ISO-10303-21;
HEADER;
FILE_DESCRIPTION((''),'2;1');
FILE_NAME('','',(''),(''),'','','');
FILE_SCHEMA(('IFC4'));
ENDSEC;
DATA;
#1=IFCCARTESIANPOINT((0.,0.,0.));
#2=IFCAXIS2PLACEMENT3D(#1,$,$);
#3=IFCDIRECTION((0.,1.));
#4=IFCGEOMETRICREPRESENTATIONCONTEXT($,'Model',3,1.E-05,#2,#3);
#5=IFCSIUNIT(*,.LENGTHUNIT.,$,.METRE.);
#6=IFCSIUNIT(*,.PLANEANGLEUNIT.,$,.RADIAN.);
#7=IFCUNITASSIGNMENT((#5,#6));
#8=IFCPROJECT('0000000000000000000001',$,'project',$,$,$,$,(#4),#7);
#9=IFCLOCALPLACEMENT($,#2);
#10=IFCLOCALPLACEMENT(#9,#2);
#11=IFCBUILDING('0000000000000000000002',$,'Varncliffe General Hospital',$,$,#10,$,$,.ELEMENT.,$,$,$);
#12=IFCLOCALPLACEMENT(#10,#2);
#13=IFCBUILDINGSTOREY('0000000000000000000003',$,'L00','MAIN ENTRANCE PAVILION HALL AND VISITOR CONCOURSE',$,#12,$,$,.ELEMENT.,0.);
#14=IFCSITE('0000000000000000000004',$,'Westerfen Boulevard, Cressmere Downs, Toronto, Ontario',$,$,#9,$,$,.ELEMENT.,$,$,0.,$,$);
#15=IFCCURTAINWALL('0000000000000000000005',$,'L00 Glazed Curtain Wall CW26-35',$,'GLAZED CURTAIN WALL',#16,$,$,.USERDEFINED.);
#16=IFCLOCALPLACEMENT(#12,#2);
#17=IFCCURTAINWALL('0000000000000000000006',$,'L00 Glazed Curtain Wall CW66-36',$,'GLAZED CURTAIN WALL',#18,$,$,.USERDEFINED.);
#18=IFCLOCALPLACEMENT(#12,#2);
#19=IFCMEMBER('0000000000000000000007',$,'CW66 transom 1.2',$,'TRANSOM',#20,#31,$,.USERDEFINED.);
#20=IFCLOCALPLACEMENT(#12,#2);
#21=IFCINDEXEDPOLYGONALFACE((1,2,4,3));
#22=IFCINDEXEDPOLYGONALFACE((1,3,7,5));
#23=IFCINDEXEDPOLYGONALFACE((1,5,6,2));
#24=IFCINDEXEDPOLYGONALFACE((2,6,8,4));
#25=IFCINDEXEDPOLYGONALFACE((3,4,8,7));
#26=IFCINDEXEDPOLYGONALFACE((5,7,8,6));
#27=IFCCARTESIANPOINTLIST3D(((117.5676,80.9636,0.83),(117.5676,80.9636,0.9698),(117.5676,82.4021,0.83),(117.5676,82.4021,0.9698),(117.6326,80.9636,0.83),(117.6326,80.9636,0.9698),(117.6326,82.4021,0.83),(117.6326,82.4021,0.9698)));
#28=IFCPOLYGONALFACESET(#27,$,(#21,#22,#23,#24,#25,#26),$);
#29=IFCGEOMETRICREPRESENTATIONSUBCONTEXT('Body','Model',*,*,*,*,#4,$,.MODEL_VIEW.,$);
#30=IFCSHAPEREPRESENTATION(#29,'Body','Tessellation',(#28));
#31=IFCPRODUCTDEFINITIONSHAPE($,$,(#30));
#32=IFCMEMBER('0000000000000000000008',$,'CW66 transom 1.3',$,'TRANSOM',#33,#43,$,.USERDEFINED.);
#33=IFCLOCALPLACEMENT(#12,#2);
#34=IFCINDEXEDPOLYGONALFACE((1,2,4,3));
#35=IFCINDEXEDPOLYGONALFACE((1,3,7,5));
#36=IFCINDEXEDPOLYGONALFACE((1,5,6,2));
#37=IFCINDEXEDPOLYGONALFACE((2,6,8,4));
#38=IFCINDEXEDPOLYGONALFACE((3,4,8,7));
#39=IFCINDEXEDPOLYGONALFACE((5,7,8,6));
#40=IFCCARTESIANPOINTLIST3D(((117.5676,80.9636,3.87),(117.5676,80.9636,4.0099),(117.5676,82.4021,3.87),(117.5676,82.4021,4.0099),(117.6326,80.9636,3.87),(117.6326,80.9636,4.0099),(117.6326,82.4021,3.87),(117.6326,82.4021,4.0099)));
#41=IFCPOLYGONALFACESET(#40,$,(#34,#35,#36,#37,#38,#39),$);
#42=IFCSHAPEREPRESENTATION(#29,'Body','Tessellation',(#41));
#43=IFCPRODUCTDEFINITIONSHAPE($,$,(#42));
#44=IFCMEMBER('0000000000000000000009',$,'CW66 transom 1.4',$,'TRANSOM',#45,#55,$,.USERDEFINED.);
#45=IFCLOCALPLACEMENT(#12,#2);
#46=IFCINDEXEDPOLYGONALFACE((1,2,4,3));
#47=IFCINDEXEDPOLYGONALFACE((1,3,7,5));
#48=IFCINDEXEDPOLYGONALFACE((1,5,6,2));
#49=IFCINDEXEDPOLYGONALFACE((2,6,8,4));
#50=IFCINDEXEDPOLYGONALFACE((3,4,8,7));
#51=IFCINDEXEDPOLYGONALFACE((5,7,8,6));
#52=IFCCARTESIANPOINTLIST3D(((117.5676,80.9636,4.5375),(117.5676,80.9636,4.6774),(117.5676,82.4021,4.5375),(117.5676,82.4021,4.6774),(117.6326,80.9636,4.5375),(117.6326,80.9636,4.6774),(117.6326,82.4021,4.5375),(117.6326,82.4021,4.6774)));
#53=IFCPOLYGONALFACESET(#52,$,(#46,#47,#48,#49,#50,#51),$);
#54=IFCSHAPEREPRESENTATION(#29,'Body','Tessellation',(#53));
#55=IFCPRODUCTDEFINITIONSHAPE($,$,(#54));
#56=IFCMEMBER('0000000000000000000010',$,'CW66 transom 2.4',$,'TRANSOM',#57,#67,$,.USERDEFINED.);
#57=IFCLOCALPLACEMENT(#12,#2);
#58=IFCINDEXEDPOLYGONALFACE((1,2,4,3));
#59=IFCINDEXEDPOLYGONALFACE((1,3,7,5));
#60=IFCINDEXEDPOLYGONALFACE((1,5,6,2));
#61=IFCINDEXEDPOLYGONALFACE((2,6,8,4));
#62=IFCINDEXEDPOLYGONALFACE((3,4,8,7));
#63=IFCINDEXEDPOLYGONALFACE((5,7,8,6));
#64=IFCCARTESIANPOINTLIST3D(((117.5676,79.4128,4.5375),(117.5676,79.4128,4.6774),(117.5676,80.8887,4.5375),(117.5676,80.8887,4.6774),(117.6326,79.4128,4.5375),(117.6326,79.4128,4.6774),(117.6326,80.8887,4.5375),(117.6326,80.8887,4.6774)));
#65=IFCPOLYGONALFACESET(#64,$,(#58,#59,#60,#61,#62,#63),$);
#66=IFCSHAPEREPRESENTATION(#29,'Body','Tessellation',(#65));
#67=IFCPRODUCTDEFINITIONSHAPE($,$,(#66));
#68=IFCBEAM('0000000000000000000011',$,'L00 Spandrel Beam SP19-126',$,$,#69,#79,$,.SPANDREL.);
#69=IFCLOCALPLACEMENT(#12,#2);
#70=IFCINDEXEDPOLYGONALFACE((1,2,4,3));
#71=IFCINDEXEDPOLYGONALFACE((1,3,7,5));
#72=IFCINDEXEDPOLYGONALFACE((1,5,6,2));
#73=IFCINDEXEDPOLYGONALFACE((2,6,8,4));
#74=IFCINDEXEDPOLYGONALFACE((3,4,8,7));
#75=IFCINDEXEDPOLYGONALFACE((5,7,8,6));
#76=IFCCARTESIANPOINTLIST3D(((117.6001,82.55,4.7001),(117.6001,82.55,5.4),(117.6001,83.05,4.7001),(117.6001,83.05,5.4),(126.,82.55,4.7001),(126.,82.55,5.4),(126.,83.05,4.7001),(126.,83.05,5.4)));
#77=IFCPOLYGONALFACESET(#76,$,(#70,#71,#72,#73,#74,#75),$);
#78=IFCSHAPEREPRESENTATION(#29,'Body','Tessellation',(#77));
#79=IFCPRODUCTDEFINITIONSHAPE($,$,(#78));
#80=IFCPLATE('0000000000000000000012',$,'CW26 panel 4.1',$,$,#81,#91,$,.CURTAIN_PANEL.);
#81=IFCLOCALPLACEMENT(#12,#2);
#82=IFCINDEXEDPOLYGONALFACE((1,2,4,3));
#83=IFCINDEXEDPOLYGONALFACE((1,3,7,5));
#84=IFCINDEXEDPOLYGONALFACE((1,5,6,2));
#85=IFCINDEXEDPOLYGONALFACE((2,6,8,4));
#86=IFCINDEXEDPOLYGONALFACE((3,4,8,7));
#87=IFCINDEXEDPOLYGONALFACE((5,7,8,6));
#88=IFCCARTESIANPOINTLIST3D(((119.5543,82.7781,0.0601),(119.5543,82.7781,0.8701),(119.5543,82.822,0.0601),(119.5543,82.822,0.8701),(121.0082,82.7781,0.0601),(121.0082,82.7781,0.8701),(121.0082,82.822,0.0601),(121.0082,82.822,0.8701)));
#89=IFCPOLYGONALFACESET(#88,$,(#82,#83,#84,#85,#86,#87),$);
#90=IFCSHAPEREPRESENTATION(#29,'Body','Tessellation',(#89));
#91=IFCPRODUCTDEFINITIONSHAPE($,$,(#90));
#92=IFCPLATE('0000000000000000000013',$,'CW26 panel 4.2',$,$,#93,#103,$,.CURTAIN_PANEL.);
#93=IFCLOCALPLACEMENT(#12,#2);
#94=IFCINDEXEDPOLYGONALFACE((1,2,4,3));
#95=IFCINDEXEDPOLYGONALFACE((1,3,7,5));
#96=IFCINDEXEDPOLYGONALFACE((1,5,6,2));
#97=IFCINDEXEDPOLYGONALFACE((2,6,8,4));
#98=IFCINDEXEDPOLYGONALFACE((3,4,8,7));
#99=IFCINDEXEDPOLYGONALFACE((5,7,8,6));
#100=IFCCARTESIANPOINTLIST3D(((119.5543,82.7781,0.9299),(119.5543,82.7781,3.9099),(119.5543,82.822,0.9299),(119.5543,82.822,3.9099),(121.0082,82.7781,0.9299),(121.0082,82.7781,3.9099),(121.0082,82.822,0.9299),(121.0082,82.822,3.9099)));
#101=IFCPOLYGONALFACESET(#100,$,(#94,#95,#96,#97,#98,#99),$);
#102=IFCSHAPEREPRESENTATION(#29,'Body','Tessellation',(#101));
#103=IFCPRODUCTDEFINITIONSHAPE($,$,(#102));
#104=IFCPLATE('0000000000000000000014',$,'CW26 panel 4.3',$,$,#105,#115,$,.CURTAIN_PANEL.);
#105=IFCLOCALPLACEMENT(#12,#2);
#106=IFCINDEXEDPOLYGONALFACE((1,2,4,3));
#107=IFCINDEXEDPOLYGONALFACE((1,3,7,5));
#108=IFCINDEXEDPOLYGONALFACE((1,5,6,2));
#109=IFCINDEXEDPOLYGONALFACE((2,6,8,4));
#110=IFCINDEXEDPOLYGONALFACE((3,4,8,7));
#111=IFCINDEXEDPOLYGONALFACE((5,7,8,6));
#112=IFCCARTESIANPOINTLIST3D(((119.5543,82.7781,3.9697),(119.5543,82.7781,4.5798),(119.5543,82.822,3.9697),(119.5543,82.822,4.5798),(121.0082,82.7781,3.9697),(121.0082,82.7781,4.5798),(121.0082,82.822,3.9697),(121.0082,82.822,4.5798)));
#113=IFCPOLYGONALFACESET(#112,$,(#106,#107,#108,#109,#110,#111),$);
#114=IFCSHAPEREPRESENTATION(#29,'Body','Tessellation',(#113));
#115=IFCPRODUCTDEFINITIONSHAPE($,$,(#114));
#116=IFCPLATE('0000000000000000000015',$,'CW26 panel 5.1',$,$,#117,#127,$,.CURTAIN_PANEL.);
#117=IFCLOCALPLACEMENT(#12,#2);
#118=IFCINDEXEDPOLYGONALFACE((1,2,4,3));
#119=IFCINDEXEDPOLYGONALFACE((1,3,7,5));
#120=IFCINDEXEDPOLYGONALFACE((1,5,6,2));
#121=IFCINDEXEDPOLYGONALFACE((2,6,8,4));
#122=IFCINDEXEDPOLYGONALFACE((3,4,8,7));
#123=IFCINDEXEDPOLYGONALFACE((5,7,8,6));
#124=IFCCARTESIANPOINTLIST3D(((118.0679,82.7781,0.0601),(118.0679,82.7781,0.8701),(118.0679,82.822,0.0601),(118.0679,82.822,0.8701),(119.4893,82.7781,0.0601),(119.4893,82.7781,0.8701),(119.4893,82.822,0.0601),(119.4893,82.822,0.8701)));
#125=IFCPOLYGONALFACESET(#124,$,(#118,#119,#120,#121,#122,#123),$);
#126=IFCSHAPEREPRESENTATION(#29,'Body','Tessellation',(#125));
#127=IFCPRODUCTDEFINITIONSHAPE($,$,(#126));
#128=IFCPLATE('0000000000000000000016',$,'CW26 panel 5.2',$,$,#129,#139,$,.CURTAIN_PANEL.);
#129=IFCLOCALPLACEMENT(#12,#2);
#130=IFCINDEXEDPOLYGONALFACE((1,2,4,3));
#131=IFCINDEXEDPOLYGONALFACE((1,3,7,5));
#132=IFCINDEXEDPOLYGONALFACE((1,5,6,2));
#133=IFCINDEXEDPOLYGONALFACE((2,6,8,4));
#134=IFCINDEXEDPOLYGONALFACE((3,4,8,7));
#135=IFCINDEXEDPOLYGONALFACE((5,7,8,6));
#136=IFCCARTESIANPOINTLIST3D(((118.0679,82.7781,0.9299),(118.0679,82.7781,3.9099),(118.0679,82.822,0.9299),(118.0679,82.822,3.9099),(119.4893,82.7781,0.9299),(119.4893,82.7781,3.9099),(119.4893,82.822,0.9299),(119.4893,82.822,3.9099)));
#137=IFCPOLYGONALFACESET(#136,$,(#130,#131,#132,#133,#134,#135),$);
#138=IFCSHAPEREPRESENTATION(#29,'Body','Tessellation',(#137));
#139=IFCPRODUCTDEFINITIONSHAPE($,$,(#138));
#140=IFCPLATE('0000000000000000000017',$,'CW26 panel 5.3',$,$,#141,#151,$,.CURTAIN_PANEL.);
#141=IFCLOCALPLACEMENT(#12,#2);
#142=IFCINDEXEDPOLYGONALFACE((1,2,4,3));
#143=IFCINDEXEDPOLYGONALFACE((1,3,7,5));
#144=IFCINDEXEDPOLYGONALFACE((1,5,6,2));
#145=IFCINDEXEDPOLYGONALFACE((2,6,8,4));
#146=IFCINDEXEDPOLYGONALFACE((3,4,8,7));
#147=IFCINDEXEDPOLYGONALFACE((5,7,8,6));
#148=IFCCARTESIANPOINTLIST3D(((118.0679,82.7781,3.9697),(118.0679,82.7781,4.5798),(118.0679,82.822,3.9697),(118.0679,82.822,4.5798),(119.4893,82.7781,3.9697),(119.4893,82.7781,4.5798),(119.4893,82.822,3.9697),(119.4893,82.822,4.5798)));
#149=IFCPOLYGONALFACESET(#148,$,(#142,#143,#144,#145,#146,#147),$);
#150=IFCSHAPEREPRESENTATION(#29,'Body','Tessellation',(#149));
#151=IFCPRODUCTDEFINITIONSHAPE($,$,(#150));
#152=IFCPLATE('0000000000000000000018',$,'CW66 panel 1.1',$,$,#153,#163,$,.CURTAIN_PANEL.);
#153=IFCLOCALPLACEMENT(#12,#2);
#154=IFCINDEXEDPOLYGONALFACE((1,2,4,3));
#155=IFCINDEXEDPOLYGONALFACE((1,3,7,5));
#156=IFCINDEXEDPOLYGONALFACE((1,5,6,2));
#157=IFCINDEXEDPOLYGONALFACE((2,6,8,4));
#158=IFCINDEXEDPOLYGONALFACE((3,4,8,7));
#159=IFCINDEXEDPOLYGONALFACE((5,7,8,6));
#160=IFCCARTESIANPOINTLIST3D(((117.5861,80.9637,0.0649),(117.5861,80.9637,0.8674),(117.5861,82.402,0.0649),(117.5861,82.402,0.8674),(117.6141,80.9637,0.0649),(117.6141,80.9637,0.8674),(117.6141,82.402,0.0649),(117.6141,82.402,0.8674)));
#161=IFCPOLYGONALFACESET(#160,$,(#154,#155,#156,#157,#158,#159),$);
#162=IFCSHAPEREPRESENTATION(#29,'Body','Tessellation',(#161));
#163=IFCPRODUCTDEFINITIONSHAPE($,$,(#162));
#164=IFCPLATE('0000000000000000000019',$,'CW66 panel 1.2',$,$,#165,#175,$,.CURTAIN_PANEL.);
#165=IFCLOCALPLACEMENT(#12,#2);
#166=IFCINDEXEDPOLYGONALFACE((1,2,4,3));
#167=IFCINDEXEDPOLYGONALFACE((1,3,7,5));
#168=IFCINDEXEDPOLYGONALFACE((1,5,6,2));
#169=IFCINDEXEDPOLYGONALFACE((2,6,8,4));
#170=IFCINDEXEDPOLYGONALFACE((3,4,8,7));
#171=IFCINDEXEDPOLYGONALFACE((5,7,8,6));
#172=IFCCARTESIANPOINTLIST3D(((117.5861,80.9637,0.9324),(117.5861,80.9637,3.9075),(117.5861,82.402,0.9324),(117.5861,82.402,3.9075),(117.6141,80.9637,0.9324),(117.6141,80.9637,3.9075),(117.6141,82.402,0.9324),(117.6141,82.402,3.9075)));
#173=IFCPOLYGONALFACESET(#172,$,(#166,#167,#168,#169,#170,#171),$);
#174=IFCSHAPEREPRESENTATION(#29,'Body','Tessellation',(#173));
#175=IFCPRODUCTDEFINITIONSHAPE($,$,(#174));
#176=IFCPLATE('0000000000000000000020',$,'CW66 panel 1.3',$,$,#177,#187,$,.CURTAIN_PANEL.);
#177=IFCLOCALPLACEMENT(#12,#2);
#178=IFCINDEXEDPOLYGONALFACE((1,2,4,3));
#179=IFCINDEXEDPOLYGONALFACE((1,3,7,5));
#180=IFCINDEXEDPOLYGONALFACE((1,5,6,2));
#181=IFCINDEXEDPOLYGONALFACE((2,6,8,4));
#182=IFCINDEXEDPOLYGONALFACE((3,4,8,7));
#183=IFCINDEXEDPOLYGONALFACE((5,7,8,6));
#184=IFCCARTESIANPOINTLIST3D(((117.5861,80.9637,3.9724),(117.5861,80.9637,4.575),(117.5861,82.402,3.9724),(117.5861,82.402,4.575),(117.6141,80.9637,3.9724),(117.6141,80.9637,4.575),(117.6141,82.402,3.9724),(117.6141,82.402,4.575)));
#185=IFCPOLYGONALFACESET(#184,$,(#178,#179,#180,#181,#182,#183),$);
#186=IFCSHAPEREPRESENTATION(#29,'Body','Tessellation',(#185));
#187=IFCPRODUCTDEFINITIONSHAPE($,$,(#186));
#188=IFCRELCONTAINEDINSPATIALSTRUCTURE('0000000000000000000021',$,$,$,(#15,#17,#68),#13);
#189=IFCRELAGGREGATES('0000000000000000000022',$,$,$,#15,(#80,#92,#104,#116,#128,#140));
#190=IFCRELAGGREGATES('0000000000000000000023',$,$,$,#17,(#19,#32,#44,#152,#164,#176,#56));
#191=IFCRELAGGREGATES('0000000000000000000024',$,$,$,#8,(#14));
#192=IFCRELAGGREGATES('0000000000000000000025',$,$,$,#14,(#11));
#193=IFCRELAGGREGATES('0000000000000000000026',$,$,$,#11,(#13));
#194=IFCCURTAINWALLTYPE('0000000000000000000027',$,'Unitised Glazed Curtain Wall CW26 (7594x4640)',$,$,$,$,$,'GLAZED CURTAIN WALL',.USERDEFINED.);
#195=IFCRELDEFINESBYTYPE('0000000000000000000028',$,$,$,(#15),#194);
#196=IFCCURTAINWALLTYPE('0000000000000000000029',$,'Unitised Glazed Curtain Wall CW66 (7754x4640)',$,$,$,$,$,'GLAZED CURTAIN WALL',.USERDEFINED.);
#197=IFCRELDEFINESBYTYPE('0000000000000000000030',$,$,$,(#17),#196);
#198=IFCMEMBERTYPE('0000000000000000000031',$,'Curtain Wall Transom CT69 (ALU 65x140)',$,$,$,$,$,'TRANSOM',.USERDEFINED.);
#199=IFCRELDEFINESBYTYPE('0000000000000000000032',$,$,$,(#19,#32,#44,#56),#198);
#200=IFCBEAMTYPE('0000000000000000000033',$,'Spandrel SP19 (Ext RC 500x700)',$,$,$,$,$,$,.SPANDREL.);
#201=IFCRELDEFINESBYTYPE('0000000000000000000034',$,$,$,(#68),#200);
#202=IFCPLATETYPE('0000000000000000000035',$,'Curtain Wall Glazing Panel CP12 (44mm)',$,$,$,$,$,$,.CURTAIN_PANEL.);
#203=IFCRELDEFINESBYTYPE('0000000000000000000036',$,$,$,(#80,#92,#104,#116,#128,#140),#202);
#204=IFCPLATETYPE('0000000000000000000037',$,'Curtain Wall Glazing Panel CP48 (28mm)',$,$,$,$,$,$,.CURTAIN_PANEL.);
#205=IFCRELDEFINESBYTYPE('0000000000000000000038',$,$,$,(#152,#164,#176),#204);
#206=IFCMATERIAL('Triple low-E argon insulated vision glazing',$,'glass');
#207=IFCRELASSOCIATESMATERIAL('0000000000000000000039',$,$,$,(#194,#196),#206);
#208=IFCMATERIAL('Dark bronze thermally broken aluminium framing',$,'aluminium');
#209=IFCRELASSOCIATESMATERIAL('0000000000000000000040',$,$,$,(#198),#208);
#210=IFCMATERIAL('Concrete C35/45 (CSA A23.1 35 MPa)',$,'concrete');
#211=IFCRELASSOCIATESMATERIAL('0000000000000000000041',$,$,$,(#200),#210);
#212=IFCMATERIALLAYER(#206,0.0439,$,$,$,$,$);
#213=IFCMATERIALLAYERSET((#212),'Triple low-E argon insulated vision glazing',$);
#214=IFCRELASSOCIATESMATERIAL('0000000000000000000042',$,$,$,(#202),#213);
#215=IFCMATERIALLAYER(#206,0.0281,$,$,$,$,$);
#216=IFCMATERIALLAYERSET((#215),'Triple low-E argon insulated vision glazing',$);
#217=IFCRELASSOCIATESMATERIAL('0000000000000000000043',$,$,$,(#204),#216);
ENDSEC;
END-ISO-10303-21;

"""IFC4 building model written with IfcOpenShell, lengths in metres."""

from ifc_helpers import new_model, si_unit, direction, frame, origin, origin_2d, place, context, subcontext, project, spatial, rectangle, extrude, material, layer, layer_set, material_profile, profile_set, type_object, element, aggregate, save


model = new_model("IFC4")

# Units and contexts
model_context = context("Model", 3, precision=1e-05, world=origin(), true_north=direction((0.0, 1.0)))
body_context = subcontext(model_context, "Body", "Model", "MODEL_VIEW")
ifc_project = project(units=[si_unit("LENGTHUNIT", "METRE"), si_unit("PLANEANGLEUNIT", "RADIAN")], contexts=[model_context])

# Site, building, storey
site_placement = place(None, origin())
site = spatial("IfcSite", under=ifc_project, at=site_placement, Name="Westerfen Boulevard, Cressmere Downs, Toronto, Ontario", CompositionType="ELEMENT", RefElevation=0.0)
building_placement = place(site_placement, origin())
building = spatial("IfcBuilding", under=site, at=building_placement, Name="Varncliffe General Hospital", CompositionType="ELEMENT")
storey_placement = place(building_placement, origin())
storey = spatial("IfcBuildingStorey", under=building, at=storey_placement, Name="L00", Description="MAIN ENTRANCE PAVILION HALL AND VISITOR CONCOURSE", CompositionType="ELEMENT", Elevation=0.0)

# Shared definitions
ifc_material_1 = material(Name="Concrete C35/45 (CSA A23.1 35 MPa)", Category="concrete")

# Curtain walls
ifc_material_2 = material(Name="Triple low-E argon insulated vision glazing", Category="glass")
curtain_wall_type_1 = type_object("IfcCurtainWallType", Name="Unitised Glazed Curtain Wall CW26 (7594x4640)", ElementType="GLAZED CURTAIN WALL", PredefinedType="USERDEFINED", material=ifc_material_2)
curtain_wall_1_placement = place(storey_placement, origin())
curtain_wall_1 = element("IfcCurtainWall", 1, at=curtain_wall_1_placement, inside=storey, type_object=curtain_wall_type_1, Name="L00 Glazed Curtain Wall CW26-35", ObjectType="GLAZED CURTAIN WALL", PredefinedType="USERDEFINED")
ifc_material_3 = material(Name="Dark bronze thermally broken aluminium framing", Category="aluminium")
curtain_wall_type_2 = type_object("IfcCurtainWallType", Name="Unitised Glazed Curtain Wall CW66 (7754x4640)", ElementType="GLAZED CURTAIN WALL", PredefinedType="USERDEFINED", material=ifc_material_2)
curtain_wall_2_placement = place(storey_placement, origin())
curtain_wall_2 = element("IfcCurtainWall", 2, at=curtain_wall_2_placement, inside=storey, type_object=curtain_wall_type_2, Name="L00 Glazed Curtain Wall CW66-36", ObjectType="GLAZED CURTAIN WALL", PredefinedType="USERDEFINED")

# Members
ifc_material_profile_1 = material_profile(ifc_material_3, rectangle(XDim=0.0649, YDim=0.1399, at=origin_2d()), Name="ALU 65x140")
ifc_profile_set_1 = profile_set([ifc_material_profile_1], Name="Dark bronze thermally broken aluminium framing")
member_type_1 = type_object("IfcMemberType", Name="Curtain Wall Transom CT69 (ALU 65x140)", ElementType="TRANSOM", PredefinedType="USERDEFINED", material=ifc_profile_set_1)
member_1_placement = place(storey_placement, frame((117.6001, 82.4021, 0.8999), z_axis=(0.0, -1.0, 0.0), x_axis=(1.0, 0.0, 0.0)))
member_1 = element("IfcMember", 3, at=member_1_placement, type_object=member_type_1, Name="CW66 transom 1.2", ObjectType="TRANSOM", PredefinedType="USERDEFINED", context=body_context, shape_type="SweptSolid", body=[
    extrude(rectangle(XDim=0.0649, YDim=0.1399, at=origin_2d()), origin(), (0.0, 0.0, 1.0), 1.4385),
])
member_2_placement = place(storey_placement, frame((117.6001, 82.4021, 3.9399), z_axis=(0.0, -1.0, 0.0), x_axis=(1.0, 0.0, 0.0)))
member_2 = element("IfcMember", 4, at=member_2_placement, type_object=member_type_1, Name="CW66 transom 1.3", ObjectType="TRANSOM", PredefinedType="USERDEFINED", context=body_context, shape_type="SweptSolid", body=[
    extrude(rectangle(XDim=0.0649, YDim=0.1399, at=origin_2d()), origin(), (0.0, 0.0, 1.0), 1.4385),
])
member_3_placement = place(storey_placement, frame((117.6001, 82.4021, 4.6074), z_axis=(0.0, -1.0, 0.0), x_axis=(1.0, 0.0, 0.0)))
member_3 = element("IfcMember", 5, at=member_3_placement, type_object=member_type_1, Name="CW66 transom 1.4", ObjectType="TRANSOM", PredefinedType="USERDEFINED", context=body_context, shape_type="SweptSolid", body=[
    extrude(rectangle(XDim=0.0649, YDim=0.1399, at=origin_2d()), origin(), (0.0, 0.0, 1.0), 1.4385),
])
member_4_placement = place(storey_placement, frame((117.6001, 80.8887, 4.6074), z_axis=(0.0, -1.0, 0.0), x_axis=(1.0, 0.0, 0.0)))
member_4 = element("IfcMember", 6, at=member_4_placement, type_object=member_type_1, Name="CW66 transom 2.4", ObjectType="TRANSOM", PredefinedType="USERDEFINED", context=body_context, shape_type="SweptSolid", body=[
    extrude(rectangle(XDim=0.0649, YDim=0.1399, at=origin_2d()), origin(), (0.0, 0.0, 1.0), 1.4758),
])

# Beam
ifc_material_profile_2 = material_profile(ifc_material_1, rectangle(XDim=0.5, YDim=0.7, at=origin_2d()), Name="RC 500x700")
ifc_profile_set_2 = profile_set([ifc_material_profile_2], Name="Concrete C35/45 (CSA A23.1 35 MPa)")
beam_type_1 = type_object("IfcBeamType", Name="Spandrel SP19 (Ext RC 500x700)", PredefinedType="SPANDREL", material=ifc_profile_set_2)
beam_1_placement = place(storey_placement, frame((117.6001, 82.8, 5.05), z_axis=(1.0, 0.0, 0.0), x_axis=(0.0, 1.0, 0.0)))
element("IfcBeam", 7, at=beam_1_placement, inside=storey, type_object=beam_type_1, Name="L00 Spandrel Beam SP19-126", PredefinedType="SPANDREL", context=body_context, shape_type="SweptSolid", body=[
    extrude(rectangle(XDim=0.5, YDim=0.7, at=origin_2d()), origin(), (0.0, 0.0, 1.0), 8.3999),
])

# Plates
ifc_layer_1 = layer(ifc_material_2, 0.0439)
ifc_layer_set_1 = layer_set([ifc_layer_1], Name="Triple low-E argon insulated vision glazing")
plate_type_1 = type_object("IfcPlateType", Name="Curtain Wall Glazing Panel CP12 (44mm)", PredefinedType="CURTAIN_PANEL", material=ifc_layer_set_1)
plate_1_placement = place(storey_placement, frame((120.2812, 82.8, 0.0601), z_axis=(0.0, 0.0, 1.0), x_axis=(-1.0, 0.0, 0.0)))
plate_1 = element("IfcPlate", 8, at=plate_1_placement, type_object=plate_type_1, Name="CW26 panel 4.1", PredefinedType="CURTAIN_PANEL", context=body_context, shape_type="SweptSolid", body=[
    extrude(rectangle(XDim=1.4539, YDim=0.0439, at=origin_2d()), origin(), (0.0, 0.0, 1.0), 0.8101),
])
plate_2_placement = place(storey_placement, frame((120.2812, 82.8, 0.9299), z_axis=(0.0, 0.0, 1.0), x_axis=(-1.0, 0.0, 0.0)))
plate_2 = element("IfcPlate", 9, at=plate_2_placement, type_object=plate_type_1, Name="CW26 panel 4.2", PredefinedType="CURTAIN_PANEL", context=body_context, shape_type="SweptSolid", body=[
    extrude(rectangle(XDim=1.4539, YDim=0.0439, at=origin_2d()), origin(), (0.0, 0.0, 1.0), 2.98),
])
plate_3_placement = place(storey_placement, frame((120.2812, 82.8, 3.9697), z_axis=(0.0, 0.0, 1.0), x_axis=(-1.0, 0.0, 0.0)))
plate_3 = element("IfcPlate", 10, at=plate_3_placement, type_object=plate_type_1, Name="CW26 panel 4.3", PredefinedType="CURTAIN_PANEL", context=body_context, shape_type="SweptSolid", body=[
    extrude(rectangle(XDim=1.4539, YDim=0.0439, at=origin_2d()), origin(), (0.0, 0.0, 1.0), 0.6101),
])
plate_4_placement = place(storey_placement, frame((118.7786, 82.8, 0.0601), z_axis=(0.0, 0.0, 1.0), x_axis=(-1.0, 0.0, 0.0)))
plate_4 = element("IfcPlate", 11, at=plate_4_placement, type_object=plate_type_1, Name="CW26 panel 5.1", PredefinedType="CURTAIN_PANEL", context=body_context, shape_type="SweptSolid", body=[
    extrude(rectangle(XDim=1.4214, YDim=0.0439, at=origin_2d()), origin(), (0.0, 0.0, 1.0), 0.8101),
])
plate_5_placement = place(storey_placement, frame((118.7786, 82.8, 0.9299), z_axis=(0.0, 0.0, 1.0), x_axis=(-1.0, 0.0, 0.0)))
plate_5 = element("IfcPlate", 12, at=plate_5_placement, type_object=plate_type_1, Name="CW26 panel 5.2", PredefinedType="CURTAIN_PANEL", context=body_context, shape_type="SweptSolid", body=[
    extrude(rectangle(XDim=1.4214, YDim=0.0439, at=origin_2d()), origin(), (0.0, 0.0, 1.0), 2.98),
])
plate_6_placement = place(storey_placement, frame((118.7786, 82.8, 3.9697), z_axis=(0.0, 0.0, 1.0), x_axis=(-1.0, 0.0, 0.0)))
plate_6 = element("IfcPlate", 13, at=plate_6_placement, type_object=plate_type_1, Name="CW26 panel 5.3", PredefinedType="CURTAIN_PANEL", context=body_context, shape_type="SweptSolid", body=[
    extrude(rectangle(XDim=1.4214, YDim=0.0439, at=origin_2d()), origin(), (0.0, 0.0, 1.0), 0.6101),
])
aggregate(curtain_wall_1, [plate_1, plate_2, plate_3, plate_4, plate_5, plate_6])
ifc_layer_2 = layer(ifc_material_2, 0.0281)
ifc_layer_set_2 = layer_set([ifc_layer_2], Name="Triple low-E argon insulated vision glazing")
plate_type_2 = type_object("IfcPlateType", Name="Curtain Wall Glazing Panel CP48 (28mm)", PredefinedType="CURTAIN_PANEL", material=ifc_layer_set_2)
plate_7_placement = place(storey_placement, frame((117.6001, 81.6829, 0.0649), z_axis=(0.0, 0.0, 1.0), x_axis=(0.0, -1.0, 0.0)))
plate_7 = element("IfcPlate", 14, at=plate_7_placement, type_object=plate_type_2, Name="CW66 panel 1.1", PredefinedType="CURTAIN_PANEL", context=body_context, shape_type="SweptSolid", body=[
    extrude(rectangle(XDim=1.4382, YDim=0.0281, at=origin_2d()), origin(), (0.0, 0.0, 1.0), 0.8025),
])
plate_8_placement = place(storey_placement, frame((117.6001, 81.6829, 0.9324), z_axis=(0.0, 0.0, 1.0), x_axis=(0.0, -1.0, 0.0)))
plate_8 = element("IfcPlate", 15, at=plate_8_placement, type_object=plate_type_2, Name="CW66 panel 1.2", PredefinedType="CURTAIN_PANEL", context=body_context, shape_type="SweptSolid", body=[
    extrude(rectangle(XDim=1.4382, YDim=0.0281, at=origin_2d()), origin(), (0.0, 0.0, 1.0), 2.9751),
])
plate_9_placement = place(storey_placement, frame((117.6001, 81.6829, 3.9724), z_axis=(0.0, 0.0, 1.0), x_axis=(0.0, -1.0, 0.0)))
plate_9 = element("IfcPlate", 16, at=plate_9_placement, type_object=plate_type_2, Name="CW66 panel 1.3", PredefinedType="CURTAIN_PANEL", context=body_context, shape_type="SweptSolid", body=[
    extrude(rectangle(XDim=1.4382, YDim=0.0281, at=origin_2d()), origin(), (0.0, 0.0, 1.0), 0.6025),
])
aggregate(curtain_wall_2, [member_1, member_2, member_3, plate_7, plate_8, plate_9, member_4])

save(model, "model.ifc")
